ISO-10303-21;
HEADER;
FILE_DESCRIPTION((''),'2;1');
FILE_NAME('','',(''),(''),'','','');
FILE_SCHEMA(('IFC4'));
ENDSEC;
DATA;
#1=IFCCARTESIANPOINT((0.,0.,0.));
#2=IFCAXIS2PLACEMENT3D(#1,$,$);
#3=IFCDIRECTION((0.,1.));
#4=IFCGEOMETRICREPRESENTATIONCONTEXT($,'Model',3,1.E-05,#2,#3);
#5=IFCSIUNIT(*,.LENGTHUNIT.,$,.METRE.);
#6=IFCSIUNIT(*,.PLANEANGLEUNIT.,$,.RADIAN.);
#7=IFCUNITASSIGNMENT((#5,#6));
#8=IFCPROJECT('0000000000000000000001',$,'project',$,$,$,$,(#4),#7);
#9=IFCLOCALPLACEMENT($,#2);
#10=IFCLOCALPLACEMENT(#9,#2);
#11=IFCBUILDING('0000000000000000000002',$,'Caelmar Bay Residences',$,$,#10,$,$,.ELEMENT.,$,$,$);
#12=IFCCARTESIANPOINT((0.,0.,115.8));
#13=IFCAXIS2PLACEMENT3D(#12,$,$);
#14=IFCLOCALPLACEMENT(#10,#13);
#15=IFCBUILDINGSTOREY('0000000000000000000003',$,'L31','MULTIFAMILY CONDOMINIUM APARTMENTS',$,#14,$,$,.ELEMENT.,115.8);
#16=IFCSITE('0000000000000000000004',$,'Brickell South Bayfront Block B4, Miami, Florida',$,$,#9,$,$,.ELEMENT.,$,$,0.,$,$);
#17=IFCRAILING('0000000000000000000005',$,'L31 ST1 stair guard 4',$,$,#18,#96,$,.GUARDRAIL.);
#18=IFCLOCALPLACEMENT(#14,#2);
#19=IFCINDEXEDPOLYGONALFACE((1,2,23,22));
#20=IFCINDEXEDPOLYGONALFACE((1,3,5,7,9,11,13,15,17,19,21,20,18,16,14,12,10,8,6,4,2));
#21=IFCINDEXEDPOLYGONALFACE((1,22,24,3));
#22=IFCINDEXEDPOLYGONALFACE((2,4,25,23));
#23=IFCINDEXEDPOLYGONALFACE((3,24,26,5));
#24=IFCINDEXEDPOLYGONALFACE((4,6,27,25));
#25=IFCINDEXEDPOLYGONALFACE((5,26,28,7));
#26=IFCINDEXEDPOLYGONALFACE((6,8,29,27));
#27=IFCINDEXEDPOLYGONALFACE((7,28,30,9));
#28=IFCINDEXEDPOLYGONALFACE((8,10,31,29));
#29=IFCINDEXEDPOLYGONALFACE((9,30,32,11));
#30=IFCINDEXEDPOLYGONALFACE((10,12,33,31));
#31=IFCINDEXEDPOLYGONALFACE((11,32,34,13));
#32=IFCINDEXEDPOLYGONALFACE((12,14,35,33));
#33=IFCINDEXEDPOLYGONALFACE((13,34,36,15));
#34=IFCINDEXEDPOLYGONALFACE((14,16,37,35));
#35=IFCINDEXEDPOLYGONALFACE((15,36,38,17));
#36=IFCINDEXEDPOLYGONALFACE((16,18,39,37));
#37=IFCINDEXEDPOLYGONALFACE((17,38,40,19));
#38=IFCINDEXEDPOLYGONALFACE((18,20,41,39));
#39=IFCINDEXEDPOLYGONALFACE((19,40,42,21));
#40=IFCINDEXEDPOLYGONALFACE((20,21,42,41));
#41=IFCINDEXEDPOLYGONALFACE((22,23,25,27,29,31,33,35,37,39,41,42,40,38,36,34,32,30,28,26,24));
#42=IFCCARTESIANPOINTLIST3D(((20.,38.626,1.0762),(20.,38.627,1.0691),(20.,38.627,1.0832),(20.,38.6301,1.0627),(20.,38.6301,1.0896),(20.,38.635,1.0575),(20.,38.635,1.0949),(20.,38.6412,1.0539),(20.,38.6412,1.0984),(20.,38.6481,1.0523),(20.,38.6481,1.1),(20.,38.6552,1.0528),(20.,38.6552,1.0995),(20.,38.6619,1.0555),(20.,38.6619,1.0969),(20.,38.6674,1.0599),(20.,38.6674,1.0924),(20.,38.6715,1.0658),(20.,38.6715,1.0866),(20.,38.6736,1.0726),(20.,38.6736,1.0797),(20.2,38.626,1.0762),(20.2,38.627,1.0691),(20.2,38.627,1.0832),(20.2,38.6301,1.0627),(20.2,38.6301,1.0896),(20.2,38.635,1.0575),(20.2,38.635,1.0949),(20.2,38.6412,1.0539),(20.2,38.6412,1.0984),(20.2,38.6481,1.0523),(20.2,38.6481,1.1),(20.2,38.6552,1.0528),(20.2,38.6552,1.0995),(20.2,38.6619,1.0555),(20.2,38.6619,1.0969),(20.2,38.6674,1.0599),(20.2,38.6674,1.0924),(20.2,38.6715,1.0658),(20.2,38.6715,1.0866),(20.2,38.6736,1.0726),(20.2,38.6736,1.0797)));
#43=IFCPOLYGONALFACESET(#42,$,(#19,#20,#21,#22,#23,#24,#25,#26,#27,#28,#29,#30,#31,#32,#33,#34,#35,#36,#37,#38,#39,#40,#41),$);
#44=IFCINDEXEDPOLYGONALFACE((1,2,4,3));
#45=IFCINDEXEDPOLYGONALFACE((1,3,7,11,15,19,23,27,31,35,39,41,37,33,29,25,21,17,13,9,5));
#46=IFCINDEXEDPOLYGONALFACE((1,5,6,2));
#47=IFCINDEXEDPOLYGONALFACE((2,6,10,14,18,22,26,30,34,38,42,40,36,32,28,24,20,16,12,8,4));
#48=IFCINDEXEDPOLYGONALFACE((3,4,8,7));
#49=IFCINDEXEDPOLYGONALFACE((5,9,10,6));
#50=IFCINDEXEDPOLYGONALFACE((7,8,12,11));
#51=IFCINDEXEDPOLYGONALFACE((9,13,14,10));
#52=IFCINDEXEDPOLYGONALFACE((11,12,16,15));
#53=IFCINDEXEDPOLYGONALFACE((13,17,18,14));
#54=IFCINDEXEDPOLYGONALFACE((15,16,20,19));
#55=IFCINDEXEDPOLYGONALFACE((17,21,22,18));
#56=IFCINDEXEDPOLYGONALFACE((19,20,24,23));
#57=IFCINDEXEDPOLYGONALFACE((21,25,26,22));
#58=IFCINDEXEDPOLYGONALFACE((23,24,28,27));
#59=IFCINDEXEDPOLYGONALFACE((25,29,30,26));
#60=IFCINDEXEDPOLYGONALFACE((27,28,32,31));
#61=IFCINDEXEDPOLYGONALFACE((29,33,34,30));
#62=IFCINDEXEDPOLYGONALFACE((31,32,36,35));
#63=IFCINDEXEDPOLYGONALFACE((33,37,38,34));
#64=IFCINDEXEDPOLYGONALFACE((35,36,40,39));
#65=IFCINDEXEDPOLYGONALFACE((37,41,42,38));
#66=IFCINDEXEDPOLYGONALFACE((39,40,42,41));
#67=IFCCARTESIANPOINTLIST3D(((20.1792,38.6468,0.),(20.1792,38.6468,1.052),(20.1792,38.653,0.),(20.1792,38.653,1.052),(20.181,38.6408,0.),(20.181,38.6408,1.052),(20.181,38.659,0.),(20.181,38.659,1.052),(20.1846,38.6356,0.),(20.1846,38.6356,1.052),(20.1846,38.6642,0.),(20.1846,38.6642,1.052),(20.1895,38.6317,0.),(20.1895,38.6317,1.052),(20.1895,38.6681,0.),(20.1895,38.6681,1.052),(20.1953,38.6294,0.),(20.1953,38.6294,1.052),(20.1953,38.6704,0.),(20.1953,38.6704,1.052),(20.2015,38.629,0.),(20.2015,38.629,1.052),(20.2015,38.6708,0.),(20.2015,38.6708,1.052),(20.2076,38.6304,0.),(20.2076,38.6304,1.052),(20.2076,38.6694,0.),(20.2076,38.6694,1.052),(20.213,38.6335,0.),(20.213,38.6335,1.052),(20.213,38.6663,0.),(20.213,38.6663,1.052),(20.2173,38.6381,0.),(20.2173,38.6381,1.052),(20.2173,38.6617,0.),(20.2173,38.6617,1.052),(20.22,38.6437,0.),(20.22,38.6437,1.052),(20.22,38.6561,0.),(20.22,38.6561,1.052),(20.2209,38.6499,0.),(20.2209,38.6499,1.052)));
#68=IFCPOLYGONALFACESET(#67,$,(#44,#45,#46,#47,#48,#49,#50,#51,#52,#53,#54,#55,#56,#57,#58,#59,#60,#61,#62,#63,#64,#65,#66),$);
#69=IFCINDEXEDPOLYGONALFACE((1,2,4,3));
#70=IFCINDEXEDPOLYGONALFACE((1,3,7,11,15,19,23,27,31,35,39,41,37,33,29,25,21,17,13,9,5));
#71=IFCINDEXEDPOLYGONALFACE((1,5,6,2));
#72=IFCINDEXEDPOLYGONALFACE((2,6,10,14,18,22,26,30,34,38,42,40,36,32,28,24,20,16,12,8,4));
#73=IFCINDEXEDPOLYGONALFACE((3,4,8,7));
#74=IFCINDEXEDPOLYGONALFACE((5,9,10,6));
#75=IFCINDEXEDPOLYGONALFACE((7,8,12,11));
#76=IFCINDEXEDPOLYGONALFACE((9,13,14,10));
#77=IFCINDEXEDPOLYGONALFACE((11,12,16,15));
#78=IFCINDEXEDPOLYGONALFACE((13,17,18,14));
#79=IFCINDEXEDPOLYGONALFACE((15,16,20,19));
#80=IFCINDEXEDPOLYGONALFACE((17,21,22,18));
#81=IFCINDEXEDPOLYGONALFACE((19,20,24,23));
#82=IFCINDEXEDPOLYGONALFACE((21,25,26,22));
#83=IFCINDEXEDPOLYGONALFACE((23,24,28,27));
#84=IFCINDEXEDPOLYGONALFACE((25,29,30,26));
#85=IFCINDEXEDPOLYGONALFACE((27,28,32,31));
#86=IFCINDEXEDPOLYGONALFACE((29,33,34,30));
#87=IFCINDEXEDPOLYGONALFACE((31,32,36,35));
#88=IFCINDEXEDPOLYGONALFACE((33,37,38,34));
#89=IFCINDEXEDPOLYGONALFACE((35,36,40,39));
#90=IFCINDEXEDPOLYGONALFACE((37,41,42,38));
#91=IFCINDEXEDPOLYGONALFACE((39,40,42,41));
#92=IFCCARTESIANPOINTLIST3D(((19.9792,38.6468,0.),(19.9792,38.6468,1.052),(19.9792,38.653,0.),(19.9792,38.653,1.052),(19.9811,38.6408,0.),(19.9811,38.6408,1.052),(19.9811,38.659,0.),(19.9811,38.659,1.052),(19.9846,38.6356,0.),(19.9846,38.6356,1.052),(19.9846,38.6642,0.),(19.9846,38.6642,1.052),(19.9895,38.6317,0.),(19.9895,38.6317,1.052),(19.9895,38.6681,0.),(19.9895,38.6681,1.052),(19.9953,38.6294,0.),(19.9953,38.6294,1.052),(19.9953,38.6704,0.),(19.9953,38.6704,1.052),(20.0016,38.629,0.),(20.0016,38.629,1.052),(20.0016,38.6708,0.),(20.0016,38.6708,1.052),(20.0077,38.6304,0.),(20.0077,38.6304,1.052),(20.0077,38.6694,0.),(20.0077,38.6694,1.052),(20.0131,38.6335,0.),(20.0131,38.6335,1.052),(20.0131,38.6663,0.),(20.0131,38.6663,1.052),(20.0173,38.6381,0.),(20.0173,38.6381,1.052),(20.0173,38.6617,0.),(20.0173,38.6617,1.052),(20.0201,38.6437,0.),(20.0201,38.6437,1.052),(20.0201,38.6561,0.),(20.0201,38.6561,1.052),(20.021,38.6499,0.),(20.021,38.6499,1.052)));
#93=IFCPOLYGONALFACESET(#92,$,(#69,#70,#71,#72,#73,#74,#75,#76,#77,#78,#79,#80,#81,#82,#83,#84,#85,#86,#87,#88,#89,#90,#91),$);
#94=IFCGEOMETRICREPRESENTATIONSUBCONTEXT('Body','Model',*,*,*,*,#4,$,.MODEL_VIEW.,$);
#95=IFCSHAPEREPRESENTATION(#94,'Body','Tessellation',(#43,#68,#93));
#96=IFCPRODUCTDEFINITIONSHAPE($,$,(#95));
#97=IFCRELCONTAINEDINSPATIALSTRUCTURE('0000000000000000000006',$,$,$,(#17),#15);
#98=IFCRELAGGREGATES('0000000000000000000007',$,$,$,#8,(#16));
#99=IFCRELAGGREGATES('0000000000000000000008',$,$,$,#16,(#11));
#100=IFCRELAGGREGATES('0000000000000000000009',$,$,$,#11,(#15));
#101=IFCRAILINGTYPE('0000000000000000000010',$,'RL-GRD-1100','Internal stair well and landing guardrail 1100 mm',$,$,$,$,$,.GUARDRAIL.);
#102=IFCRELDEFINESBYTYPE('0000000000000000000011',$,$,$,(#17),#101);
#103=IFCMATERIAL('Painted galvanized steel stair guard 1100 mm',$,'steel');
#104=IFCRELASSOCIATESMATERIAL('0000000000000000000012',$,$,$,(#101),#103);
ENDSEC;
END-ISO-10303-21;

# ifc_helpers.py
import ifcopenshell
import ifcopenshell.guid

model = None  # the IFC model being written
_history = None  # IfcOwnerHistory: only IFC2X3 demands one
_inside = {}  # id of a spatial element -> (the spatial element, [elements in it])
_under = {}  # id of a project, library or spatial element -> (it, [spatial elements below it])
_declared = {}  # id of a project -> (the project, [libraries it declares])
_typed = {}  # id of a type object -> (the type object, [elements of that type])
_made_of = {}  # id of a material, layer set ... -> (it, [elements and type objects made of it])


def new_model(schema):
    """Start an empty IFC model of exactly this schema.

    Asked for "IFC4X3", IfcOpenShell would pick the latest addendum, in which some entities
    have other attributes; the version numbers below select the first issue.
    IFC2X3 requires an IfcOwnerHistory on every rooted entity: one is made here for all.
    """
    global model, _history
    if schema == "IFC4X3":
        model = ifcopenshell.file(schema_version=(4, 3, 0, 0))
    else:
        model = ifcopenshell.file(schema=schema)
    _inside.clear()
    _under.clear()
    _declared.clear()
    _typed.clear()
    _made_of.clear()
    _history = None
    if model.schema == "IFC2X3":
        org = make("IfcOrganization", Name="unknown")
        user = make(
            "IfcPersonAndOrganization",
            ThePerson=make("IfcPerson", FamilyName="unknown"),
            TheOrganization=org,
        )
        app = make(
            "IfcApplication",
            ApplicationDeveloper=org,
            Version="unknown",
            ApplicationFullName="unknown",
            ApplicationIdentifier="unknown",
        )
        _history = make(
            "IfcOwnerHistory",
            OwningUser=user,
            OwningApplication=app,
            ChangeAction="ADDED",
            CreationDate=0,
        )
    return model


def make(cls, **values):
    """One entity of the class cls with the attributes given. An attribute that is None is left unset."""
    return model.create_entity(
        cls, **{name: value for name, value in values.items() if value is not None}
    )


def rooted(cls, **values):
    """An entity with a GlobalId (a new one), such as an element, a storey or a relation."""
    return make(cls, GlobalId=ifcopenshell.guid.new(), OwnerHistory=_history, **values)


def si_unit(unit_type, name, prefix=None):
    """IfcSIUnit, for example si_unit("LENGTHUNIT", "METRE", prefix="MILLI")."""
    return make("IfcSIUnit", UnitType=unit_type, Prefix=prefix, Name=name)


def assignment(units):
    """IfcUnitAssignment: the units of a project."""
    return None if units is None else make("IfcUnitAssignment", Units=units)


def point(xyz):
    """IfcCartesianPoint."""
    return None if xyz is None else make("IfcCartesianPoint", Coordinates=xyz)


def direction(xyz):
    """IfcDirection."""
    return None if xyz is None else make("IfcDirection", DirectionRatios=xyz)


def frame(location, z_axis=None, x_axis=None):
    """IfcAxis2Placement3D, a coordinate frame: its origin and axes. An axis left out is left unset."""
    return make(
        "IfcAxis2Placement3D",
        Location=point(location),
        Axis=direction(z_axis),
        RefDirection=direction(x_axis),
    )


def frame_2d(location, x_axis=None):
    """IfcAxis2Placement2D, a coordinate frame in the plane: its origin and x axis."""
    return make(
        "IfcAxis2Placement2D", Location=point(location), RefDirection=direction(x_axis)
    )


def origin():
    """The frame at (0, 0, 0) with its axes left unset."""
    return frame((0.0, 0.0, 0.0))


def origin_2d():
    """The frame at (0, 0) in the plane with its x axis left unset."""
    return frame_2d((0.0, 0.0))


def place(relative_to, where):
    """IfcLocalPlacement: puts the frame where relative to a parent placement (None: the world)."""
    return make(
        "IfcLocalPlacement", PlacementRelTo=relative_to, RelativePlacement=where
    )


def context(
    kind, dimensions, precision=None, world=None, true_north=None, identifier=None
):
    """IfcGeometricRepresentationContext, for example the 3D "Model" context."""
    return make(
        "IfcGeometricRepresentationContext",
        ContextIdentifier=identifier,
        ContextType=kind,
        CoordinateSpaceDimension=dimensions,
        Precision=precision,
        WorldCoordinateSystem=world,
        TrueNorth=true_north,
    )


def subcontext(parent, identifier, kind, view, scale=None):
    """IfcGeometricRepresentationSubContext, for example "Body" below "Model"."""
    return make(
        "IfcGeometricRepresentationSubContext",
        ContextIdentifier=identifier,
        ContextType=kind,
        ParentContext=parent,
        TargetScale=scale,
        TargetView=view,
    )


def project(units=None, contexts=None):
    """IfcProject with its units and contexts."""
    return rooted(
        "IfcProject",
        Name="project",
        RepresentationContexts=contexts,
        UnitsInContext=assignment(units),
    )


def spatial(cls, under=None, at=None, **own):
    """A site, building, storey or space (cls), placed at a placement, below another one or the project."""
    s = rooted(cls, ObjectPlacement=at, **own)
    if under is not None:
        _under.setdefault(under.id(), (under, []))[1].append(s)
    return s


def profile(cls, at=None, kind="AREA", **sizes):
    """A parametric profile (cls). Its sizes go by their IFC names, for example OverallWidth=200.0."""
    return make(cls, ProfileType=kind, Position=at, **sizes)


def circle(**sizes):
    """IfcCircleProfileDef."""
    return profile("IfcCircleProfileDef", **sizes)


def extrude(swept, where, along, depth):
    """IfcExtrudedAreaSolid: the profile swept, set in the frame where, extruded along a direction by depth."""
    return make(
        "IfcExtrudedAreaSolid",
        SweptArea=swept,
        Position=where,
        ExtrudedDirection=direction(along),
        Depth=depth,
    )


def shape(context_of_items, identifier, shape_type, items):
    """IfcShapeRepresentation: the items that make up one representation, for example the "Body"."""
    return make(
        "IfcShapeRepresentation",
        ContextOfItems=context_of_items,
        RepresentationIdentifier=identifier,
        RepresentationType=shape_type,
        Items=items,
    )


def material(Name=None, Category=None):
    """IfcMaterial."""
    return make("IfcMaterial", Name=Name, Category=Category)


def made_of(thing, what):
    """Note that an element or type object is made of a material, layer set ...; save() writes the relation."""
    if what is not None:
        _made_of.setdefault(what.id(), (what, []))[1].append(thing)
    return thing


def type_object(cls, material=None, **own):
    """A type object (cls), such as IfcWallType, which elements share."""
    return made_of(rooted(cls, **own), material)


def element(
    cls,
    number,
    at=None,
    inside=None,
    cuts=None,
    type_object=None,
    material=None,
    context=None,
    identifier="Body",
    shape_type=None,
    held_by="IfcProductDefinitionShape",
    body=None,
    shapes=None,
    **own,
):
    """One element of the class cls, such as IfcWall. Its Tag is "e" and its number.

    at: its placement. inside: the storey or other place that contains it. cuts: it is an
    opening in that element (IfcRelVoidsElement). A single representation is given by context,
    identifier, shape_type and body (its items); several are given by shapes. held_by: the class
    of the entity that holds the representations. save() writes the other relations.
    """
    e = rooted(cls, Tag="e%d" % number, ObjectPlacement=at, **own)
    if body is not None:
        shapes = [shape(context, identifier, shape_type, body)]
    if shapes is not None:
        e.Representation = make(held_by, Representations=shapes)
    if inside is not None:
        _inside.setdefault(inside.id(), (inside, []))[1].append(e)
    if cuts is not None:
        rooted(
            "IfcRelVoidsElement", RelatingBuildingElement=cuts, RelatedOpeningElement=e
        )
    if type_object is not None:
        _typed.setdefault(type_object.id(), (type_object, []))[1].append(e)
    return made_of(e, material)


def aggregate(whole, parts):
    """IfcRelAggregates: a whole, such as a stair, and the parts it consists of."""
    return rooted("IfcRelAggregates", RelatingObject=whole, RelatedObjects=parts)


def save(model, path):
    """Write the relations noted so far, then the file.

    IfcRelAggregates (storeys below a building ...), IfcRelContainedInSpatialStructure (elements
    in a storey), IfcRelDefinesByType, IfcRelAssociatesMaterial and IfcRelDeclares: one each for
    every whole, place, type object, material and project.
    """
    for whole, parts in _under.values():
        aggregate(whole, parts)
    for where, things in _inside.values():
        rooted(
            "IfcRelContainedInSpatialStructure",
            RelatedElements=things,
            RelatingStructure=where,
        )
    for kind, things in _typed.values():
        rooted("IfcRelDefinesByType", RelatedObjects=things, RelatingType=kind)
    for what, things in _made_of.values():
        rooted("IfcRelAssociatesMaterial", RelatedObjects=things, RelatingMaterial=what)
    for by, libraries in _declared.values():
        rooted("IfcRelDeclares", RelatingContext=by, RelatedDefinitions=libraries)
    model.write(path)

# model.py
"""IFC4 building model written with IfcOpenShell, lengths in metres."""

from ifc_helpers import new_model, si_unit, direction, frame, origin, origin_2d, place, context, subcontext, project, spatial, circle, extrude, material, type_object, element, save


model = new_model("IFC4")

# Units and contexts
model_context = context("Model", 3, precision=1e-05, world=origin(), true_north=direction((0.0, 1.0)))
body_context = subcontext(model_context, "Body", "Model", "MODEL_VIEW")
ifc_project = project(units=[si_unit("LENGTHUNIT", "METRE"), si_unit("PLANEANGLEUNIT", "RADIAN")], contexts=[model_context])

# Site, building, storey
site_placement = place(None, origin())
site = spatial("IfcSite", under=ifc_project, at=site_placement, Name="Brickell South Bayfront Block B4, Miami, Florida", CompositionType="ELEMENT", RefElevation=0.0)
building_placement = place(site_placement, origin())
building = spatial("IfcBuilding", under=site, at=building_placement, Name="Caelmar Bay Residences", CompositionType="ELEMENT")
storey_placement = place(building_placement, frame((0.0, 0.0, 115.8)))
storey = spatial("IfcBuildingStorey", under=building, at=storey_placement, Name="L31", Description="MULTIFAMILY CONDOMINIUM APARTMENTS", CompositionType="ELEMENT", Elevation=115.8)

# Railing
ifc_material_1 = material(Name="Painted galvanized steel stair guard 1100 mm", Category="steel")
railing_type_1 = type_object("IfcRailingType", Name="RL-GRD-1100", Description="Internal stair well and landing guardrail 1100 mm", PredefinedType="GUARDRAIL", material=ifc_material_1)
railing_1_placement = place(storey_placement, frame((20.2, 38.6499, 0.0)))
element("IfcRailing", 1, at=railing_1_placement, inside=storey, type_object=railing_type_1, Name="L31 ST1 stair guard 4", PredefinedType="GUARDRAIL", context=body_context, shape_type="SweptSolid", body=[
    extrude(circle(Radius=0.0239, at=origin_2d()), frame((0.0, 0.0, 1.0762), z_axis=(-1.0, 0.0, 0.0), x_axis=(0.0, -1.0, 0.0)), (0.0, 0.0, 1.0), 0.2),
    extrude(circle(Radius=0.021, at=origin_2d()), origin(), (0.0, 0.0, 1.0), 1.052),
    extrude(circle(Radius=0.021, at=origin_2d()), frame((-0.2, 0.0, 0.0)), (0.0, 0.0, 1.0), 1.052),
])

save(model, "model.ifc")
